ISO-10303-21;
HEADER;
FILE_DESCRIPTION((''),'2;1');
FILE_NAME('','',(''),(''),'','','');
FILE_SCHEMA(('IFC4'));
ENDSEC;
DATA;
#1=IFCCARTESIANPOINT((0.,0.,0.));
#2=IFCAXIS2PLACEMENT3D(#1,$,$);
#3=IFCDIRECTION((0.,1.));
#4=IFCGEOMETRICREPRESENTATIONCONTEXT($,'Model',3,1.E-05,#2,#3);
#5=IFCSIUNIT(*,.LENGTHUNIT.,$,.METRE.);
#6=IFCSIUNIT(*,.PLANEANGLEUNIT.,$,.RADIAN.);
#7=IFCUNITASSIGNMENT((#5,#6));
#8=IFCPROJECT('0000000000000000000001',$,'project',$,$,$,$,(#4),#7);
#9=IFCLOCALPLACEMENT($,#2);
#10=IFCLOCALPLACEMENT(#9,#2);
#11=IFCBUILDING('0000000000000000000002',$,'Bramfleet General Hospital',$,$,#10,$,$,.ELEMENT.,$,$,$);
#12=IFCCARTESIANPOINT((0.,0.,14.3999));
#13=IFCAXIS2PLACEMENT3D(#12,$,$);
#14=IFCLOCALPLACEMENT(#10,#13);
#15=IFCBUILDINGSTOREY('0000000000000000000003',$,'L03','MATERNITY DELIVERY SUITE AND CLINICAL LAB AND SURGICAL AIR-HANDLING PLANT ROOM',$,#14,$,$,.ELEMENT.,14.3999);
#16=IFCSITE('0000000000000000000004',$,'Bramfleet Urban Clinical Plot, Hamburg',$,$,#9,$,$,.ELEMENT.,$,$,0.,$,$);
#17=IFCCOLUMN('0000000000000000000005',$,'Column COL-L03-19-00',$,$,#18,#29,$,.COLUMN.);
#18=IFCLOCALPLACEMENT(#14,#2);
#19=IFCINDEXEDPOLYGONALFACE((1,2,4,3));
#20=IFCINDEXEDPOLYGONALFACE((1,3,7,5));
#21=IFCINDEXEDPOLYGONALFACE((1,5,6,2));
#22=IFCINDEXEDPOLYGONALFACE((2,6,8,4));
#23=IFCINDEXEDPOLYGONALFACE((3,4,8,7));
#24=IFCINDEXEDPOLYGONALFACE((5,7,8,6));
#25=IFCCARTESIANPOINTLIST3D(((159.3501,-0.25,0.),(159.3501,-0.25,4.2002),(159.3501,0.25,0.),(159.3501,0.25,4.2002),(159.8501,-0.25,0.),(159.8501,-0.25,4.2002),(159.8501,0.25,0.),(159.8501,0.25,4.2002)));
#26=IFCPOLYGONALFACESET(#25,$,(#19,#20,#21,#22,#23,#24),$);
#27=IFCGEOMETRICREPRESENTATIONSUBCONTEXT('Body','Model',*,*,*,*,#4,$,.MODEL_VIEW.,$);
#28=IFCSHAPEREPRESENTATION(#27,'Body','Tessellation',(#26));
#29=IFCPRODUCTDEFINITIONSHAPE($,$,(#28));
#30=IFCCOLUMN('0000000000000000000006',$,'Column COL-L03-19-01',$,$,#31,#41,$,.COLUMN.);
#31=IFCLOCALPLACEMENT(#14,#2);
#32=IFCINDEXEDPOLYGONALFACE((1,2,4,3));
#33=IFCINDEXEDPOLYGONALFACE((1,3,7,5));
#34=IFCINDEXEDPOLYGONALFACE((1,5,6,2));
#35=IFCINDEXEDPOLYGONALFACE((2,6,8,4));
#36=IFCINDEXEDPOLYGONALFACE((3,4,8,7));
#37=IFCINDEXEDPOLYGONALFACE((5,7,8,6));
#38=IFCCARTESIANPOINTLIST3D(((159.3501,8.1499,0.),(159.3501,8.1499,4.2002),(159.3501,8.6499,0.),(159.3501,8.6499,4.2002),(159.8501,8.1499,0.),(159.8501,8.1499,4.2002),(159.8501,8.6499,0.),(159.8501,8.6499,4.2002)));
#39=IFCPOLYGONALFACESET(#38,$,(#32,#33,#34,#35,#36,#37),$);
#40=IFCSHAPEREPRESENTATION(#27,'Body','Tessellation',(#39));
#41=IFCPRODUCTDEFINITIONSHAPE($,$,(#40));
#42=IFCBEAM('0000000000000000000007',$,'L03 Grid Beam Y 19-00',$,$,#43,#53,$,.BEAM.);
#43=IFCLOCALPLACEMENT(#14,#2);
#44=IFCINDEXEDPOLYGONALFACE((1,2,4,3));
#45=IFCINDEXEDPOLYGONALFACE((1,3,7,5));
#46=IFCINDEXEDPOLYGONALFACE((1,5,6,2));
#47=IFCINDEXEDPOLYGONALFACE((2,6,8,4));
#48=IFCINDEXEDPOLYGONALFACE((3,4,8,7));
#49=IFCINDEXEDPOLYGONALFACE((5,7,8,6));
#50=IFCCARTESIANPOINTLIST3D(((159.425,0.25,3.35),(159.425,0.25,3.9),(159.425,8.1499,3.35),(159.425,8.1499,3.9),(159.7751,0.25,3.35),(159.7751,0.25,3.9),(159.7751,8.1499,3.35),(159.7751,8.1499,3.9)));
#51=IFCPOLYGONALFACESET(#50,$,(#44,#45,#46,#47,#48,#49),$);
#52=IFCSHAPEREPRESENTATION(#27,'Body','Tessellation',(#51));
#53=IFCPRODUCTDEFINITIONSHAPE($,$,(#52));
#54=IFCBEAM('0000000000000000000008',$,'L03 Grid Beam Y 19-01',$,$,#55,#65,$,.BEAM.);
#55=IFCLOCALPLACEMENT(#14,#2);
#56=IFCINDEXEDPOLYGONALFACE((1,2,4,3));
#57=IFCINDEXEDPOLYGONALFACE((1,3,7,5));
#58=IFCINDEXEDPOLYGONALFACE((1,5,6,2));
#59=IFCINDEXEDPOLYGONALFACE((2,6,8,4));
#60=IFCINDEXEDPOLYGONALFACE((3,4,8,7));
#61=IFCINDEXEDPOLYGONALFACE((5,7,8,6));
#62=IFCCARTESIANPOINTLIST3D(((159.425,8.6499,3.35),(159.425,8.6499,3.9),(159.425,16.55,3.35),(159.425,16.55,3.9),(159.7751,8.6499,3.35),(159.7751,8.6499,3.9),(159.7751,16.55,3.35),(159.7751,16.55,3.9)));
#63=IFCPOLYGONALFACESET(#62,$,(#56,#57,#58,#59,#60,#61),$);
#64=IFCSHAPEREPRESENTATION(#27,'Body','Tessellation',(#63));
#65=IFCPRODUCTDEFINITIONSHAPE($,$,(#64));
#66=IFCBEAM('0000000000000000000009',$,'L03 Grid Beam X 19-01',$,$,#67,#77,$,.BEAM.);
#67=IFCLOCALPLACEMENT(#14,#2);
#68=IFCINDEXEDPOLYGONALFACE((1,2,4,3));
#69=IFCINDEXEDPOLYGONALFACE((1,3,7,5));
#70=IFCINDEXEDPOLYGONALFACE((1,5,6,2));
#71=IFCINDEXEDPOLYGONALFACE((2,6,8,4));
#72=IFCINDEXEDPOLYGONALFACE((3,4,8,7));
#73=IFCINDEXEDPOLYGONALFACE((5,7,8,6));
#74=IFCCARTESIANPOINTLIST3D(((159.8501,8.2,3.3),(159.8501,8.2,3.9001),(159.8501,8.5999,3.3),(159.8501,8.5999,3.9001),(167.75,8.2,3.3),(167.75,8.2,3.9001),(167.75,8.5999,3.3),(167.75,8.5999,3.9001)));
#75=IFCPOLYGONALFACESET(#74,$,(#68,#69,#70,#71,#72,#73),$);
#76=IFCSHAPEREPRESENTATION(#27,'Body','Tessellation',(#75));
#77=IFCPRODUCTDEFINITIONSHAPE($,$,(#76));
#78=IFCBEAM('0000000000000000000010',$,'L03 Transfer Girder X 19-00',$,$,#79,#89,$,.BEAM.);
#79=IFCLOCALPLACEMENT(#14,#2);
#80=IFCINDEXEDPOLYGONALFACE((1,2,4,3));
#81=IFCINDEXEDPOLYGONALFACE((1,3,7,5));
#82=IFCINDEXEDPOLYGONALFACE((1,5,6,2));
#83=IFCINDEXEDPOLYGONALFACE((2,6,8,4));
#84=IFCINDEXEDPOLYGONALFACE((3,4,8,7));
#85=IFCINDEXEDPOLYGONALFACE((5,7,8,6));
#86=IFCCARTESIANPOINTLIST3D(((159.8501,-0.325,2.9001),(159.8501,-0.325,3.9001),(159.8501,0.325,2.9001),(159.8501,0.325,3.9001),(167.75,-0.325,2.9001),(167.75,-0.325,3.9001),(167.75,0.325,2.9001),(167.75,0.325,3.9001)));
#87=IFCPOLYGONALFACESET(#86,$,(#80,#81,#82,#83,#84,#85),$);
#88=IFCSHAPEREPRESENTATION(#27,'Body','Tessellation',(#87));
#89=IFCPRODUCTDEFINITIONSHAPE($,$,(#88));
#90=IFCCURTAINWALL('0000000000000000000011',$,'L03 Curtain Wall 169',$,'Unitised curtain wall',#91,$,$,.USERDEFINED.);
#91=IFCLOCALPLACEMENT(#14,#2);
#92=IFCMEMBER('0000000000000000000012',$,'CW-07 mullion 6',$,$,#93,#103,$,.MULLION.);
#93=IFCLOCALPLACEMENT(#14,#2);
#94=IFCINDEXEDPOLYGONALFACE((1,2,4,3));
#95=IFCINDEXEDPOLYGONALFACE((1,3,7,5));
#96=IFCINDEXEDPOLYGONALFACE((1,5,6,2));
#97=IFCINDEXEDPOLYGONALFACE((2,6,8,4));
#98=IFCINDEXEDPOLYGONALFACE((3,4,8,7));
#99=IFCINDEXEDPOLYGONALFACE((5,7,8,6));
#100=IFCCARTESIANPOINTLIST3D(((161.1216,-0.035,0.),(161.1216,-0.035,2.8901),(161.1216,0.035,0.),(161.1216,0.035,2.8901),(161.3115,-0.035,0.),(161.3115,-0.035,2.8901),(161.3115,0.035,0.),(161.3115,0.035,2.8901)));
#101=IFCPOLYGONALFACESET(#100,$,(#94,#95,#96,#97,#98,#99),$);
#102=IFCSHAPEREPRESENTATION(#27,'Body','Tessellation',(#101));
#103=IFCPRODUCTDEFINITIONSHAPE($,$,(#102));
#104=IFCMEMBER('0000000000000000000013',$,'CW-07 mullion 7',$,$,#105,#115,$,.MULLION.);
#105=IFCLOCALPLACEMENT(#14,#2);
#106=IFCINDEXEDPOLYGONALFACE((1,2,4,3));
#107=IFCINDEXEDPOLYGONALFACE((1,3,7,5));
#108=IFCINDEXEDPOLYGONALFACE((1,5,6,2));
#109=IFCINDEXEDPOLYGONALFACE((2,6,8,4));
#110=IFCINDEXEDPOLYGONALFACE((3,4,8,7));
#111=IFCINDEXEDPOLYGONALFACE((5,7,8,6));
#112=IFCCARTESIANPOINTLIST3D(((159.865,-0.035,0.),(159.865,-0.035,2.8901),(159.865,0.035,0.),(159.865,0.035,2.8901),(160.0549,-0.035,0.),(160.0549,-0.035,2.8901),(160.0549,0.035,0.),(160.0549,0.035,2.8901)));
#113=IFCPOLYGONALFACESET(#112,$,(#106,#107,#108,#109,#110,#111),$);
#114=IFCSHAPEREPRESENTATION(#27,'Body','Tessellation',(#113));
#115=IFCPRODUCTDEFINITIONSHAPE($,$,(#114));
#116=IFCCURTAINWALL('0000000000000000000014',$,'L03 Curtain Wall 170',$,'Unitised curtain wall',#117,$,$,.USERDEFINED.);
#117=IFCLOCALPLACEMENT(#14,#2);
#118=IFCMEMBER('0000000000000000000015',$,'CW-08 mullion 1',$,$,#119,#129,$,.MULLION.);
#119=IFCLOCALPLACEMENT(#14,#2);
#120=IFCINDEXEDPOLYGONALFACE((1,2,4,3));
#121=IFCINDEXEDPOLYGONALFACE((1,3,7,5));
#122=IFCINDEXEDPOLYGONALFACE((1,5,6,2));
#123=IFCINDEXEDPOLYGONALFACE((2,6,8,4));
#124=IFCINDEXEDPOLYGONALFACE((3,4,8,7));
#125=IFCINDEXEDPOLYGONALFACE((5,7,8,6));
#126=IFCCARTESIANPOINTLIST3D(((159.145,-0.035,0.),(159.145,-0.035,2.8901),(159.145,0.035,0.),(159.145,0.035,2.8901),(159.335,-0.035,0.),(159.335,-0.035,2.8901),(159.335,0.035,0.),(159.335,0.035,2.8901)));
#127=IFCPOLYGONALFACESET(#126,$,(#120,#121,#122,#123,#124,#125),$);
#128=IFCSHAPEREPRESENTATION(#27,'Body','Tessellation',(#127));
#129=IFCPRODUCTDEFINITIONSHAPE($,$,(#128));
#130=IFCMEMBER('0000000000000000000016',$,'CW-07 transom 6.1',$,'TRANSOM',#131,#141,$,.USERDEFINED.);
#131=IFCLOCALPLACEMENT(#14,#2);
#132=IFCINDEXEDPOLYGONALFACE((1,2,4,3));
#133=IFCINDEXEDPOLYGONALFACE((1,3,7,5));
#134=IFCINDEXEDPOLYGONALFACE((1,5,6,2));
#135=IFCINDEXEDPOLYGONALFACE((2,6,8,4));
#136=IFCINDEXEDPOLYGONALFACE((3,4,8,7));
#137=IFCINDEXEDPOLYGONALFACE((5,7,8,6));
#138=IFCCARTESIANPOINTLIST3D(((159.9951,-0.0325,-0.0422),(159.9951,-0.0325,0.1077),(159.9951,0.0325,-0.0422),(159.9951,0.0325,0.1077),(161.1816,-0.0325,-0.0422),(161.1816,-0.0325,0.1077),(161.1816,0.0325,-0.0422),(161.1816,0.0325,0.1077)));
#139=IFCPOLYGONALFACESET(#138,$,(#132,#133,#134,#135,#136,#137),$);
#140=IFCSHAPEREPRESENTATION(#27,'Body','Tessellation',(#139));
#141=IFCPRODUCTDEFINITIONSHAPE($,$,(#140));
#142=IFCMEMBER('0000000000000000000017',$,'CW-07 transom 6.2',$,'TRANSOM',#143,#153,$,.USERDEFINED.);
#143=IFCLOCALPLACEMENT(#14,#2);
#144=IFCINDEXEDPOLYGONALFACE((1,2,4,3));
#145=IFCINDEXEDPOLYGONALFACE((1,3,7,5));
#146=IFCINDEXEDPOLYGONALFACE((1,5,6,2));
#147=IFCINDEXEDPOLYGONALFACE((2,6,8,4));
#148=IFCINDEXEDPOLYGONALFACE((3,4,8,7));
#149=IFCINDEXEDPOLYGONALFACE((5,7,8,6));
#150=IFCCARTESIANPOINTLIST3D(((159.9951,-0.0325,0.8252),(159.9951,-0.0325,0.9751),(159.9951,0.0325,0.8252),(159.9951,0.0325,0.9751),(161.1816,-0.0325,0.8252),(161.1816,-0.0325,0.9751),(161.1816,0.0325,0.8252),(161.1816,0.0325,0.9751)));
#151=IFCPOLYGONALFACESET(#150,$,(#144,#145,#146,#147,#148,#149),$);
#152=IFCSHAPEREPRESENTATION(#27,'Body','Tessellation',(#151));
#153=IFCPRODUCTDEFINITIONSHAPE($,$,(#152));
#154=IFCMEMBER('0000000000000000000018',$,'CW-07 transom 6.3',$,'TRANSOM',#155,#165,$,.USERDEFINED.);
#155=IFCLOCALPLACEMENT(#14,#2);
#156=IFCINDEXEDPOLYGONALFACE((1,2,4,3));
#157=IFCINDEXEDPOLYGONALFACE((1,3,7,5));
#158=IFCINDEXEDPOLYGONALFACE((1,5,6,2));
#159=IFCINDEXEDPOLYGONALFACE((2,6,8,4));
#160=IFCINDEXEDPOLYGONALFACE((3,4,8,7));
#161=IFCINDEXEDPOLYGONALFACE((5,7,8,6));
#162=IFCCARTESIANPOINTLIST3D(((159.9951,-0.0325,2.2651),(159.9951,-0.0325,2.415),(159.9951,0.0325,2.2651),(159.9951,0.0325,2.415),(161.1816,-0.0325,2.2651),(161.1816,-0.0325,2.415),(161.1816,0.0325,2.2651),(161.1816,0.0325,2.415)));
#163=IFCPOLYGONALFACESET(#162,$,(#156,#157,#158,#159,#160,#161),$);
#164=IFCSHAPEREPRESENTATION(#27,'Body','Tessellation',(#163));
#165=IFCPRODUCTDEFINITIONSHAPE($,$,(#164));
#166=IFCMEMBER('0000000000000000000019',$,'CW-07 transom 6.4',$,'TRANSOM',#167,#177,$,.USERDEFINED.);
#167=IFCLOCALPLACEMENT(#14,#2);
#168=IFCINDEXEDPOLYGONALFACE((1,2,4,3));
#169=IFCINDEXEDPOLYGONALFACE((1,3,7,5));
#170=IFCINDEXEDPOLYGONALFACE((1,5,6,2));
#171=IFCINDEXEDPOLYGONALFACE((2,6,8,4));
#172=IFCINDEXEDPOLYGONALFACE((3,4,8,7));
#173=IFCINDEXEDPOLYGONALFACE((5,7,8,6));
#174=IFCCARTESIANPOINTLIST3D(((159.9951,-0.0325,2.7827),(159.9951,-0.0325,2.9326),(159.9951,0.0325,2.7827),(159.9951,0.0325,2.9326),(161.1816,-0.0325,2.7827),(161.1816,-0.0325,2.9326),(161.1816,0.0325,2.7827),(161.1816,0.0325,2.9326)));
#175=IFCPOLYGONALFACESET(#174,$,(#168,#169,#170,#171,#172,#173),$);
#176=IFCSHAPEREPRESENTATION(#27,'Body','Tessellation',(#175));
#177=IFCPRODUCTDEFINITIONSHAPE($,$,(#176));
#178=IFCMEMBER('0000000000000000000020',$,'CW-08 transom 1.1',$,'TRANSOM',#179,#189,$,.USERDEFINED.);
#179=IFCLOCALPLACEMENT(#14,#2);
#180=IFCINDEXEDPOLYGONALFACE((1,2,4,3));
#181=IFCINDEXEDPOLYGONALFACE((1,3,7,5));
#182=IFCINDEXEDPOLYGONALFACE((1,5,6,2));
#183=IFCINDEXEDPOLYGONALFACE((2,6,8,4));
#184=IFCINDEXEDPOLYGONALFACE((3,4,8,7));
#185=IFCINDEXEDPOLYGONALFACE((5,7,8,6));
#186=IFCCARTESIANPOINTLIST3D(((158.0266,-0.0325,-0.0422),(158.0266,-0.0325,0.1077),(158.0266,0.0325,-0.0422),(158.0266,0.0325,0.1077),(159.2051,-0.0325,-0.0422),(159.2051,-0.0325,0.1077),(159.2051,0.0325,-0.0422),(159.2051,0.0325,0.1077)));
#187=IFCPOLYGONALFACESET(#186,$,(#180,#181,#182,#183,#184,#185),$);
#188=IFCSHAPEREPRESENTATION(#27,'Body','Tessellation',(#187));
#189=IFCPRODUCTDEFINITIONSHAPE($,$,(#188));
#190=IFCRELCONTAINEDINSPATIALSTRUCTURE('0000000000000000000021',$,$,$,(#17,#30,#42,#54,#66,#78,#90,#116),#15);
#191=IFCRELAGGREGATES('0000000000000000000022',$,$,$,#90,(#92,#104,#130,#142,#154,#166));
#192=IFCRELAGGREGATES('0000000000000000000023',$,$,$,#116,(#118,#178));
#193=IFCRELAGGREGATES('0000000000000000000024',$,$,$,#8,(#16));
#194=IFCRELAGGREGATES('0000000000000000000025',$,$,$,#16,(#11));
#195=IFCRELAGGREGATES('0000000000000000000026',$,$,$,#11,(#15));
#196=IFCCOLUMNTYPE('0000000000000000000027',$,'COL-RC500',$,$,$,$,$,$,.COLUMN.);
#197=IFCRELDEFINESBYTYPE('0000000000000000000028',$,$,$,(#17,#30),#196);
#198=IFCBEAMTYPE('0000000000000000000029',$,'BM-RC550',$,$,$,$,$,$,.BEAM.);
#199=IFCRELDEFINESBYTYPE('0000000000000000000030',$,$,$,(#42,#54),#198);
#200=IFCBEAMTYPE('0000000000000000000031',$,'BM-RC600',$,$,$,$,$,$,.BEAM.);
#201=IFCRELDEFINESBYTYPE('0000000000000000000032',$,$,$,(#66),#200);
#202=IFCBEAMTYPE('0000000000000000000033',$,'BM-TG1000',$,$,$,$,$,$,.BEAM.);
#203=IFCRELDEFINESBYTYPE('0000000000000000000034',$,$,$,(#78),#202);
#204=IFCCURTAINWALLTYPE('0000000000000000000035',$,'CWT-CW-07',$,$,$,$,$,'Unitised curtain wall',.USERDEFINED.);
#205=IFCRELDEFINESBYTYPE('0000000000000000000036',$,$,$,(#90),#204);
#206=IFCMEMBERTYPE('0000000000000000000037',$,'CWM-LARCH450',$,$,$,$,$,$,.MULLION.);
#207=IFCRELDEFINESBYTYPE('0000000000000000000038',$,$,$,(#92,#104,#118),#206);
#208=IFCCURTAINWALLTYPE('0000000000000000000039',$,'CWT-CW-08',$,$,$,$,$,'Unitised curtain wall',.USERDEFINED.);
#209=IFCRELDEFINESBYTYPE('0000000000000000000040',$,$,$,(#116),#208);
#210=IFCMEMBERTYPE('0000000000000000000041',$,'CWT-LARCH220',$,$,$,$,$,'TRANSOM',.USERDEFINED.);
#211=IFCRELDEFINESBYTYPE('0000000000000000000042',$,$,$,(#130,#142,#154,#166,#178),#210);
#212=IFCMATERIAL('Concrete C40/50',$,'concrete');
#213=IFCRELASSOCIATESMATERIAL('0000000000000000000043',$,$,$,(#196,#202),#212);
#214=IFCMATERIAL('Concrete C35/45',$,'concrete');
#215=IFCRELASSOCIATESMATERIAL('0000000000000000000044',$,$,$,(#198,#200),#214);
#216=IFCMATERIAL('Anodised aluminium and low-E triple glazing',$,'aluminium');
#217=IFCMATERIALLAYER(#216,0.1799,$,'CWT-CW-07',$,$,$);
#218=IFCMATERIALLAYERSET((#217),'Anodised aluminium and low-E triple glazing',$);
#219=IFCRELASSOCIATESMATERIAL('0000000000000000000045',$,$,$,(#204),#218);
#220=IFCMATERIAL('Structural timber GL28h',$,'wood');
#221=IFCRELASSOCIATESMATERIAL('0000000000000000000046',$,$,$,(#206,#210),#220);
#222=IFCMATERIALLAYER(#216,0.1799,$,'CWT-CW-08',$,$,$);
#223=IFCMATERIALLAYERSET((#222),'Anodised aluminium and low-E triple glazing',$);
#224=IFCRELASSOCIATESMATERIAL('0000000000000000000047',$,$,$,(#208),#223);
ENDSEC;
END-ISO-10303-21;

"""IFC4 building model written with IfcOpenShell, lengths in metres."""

from ifc_helpers import new_model, si_unit, direction, frame, origin, origin_2d, place, context, subcontext, project, spatial, rectangle, extrude, material, layer, layer_set, material_profile, profile_set, type_object, element, aggregate, save


model = new_model("IFC4")

# Units and contexts
model_context = context("Model", 3, precision=1e-05, world=origin(), true_north=direction((0.0, 1.0)))
body_context = subcontext(model_context, "Body", "Model", "MODEL_VIEW")
ifc_project = project(units=[si_unit("LENGTHUNIT", "METRE"), si_unit("PLANEANGLEUNIT", "RADIAN")], contexts=[model_context])

# Site, building, storey
site_placement = place(None, origin())
site = spatial("IfcSite", under=ifc_project, at=site_placement, Name="Bramfleet Urban Clinical Plot, Hamburg", CompositionType="ELEMENT", RefElevation=0.0)
building_placement = place(site_placement, origin())
building = spatial("IfcBuilding", under=site, at=building_placement, Name="Bramfleet General Hospital", CompositionType="ELEMENT")
storey_placement = place(building_placement, frame((0.0, 0.0, 14.3999)))
storey = spatial("IfcBuildingStorey", under=building, at=storey_placement, Name="L03", Description="MATERNITY DELIVERY SUITE AND CLINICAL LAB AND SURGICAL AIR-HANDLING PLANT ROOM", CompositionType="ELEMENT", Elevation=14.3999)

# Columns
ifc_material_1 = material(Name="Concrete C40/50", Category="concrete")
ifc_material_profile_1 = material_profile(ifc_material_1, rectangle(XDim=0.5, YDim=0.5, at=origin_2d()), Name="RC COL 500x500")
ifc_profile_set_1 = profile_set([ifc_material_profile_1], Name="Concrete C40/50")
column_type = type_object("IfcColumnType", Name="COL-RC500", PredefinedType="COLUMN", material=ifc_profile_set_1)
for number, where, z_axis, x_axis, name in (
    (1, (159.6001, 0.0, 0.0), (0.0, 0.0, 1.0), (1.0, 0.0, 0.0), "Column COL-L03-19-00"),
    (2, (159.6001, 8.3999, 0.0), (0.0, 0.0, 1.0), (1.0, 0.0, 0.0), "Column COL-L03-19-01"),
):
    element("IfcColumn", number, at=place(storey_placement, frame(where, z_axis=z_axis, x_axis=x_axis)), inside=storey, type_object=column_type, Name=name, PredefinedType="COLUMN", context=body_context, shape_type="SweptSolid", body=[
        extrude(rectangle(XDim=0.5, YDim=0.5, at=origin_2d()), origin(), (0.0, 0.0, 1.0), 4.2002),
    ])

# Beams
ifc_material_2 = material(Name="Concrete C35/45", Category="concrete")
ifc_material_profile_2 = material_profile(ifc_material_2, rectangle(XDim=0.3501, YDim=0.55, at=origin_2d()), Name="RC BM 550x350")
ifc_profile_set_2 = profile_set([ifc_material_profile_2], Name="Concrete C35/45")
beam_type_1 = type_object("IfcBeamType", Name="BM-RC550", PredefinedType="BEAM", material=ifc_profile_set_2)
beam_1_placement = place(storey_placement, frame((159.6001, 0.25, 3.625), z_axis=(0.0, 1.0, 0.0), x_axis=(-1.0, 0.0, 0.0)))
element("IfcBeam", 3, at=beam_1_placement, inside=storey, type_object=beam_type_1, Name="L03 Grid Beam Y 19-00", PredefinedType="BEAM", context=body_context, shape_type="SweptSolid", body=[
    extrude(rectangle(XDim=0.3501, YDim=0.55, at=origin_2d()), origin(), (0.0, 0.0, 1.0), 7.8999),
])
beam_2_placement = place(storey_placement, frame((159.6001, 8.6499, 3.625), z_axis=(0.0, 1.0, 0.0), x_axis=(-1.0, 0.0, 0.0)))
element("IfcBeam", 4, at=beam_2_placement, inside=storey, type_object=beam_type_1, Name="L03 Grid Beam Y 19-01", PredefinedType="BEAM", context=body_context, shape_type="SweptSolid", body=[
    extrude(rectangle(XDim=0.3501, YDim=0.55, at=origin_2d()), origin(), (0.0, 0.0, 1.0), 7.9001),
])
ifc_material_profile_3 = material_profile(ifc_material_2, rectangle(XDim=0.3999, YDim=0.6001, at=origin_2d()), Name="RC BM 600x400")
ifc_profile_set_3 = profile_set([ifc_material_profile_3], Name="Concrete C35/45")
beam_type_2 = type_object("IfcBeamType", Name="BM-RC600", PredefinedType="BEAM", material=ifc_profile_set_3)
beam_3_placement = place(storey_placement, frame((159.8501, 8.3999, 3.6001), z_axis=(1.0, 0.0, 0.0), x_axis=(0.0, 1.0, 0.0)))
element("IfcBeam", 5, at=beam_3_placement, inside=storey, type_object=beam_type_2, Name="L03 Grid Beam X 19-01", PredefinedType="BEAM", context=body_context, shape_type="SweptSolid", body=[
    extrude(rectangle(XDim=0.3999, YDim=0.6001, at=origin_2d()), origin(), (0.0, 0.0, 1.0), 7.8999),
])
ifc_material_profile_4 = material_profile(ifc_material_1, rectangle(XDim=0.6499, YDim=1.0, at=origin_2d()), Name="RC TG 1000x650")
ifc_profile_set_4 = profile_set([ifc_material_profile_4], Name="Concrete C40/50")
beam_type_3 = type_object("IfcBeamType", Name="BM-TG1000", PredefinedType="BEAM", material=ifc_profile_set_4)
beam_4_placement = place(storey_placement, frame((159.8501, 0.0, 3.4001), z_axis=(1.0, 0.0, 0.0), x_axis=(0.0, 1.0, 0.0)))
element("IfcBeam", 6, at=beam_4_placement, inside=storey, type_object=beam_type_3, Name="L03 Transfer Girder X 19-00", PredefinedType="BEAM", context=body_context, shape_type="SweptSolid", body=[
    extrude(rectangle(XDim=0.6499, YDim=1.0, at=origin_2d()), origin(), (0.0, 0.0, 1.0), 7.8999),
])

# Curtain wall, members
ifc_material_3 = material(Name="Anodised aluminium and low-E triple glazing", Category="aluminium")
ifc_layer_1 = layer(ifc_material_3, 0.1799, Name="CWT-CW-07")
ifc_layer_set_1 = layer_set([ifc_layer_1], Name="Anodised aluminium and low-E triple glazing")
curtain_wall_type_1 = type_object("IfcCurtainWallType", Name="CWT-CW-07", ElementType="Unitised curtain wall", PredefinedType="USERDEFINED", material=ifc_layer_set_1)
curtain_wall_1_placement = place(storey_placement, origin())
curtain_wall_1 = element("IfcCurtainWall", 7, at=curtain_wall_1_placement, inside=storey, type_object=curtain_wall_type_1, Name="L03 Curtain Wall 169", ObjectType="Unitised curtain wall", PredefinedType="USERDEFINED")
ifc_material_4 = material(Name="Structural timber GL28h", Category="wood")
ifc_material_profile_5 = material_profile(ifc_material_4, rectangle(XDim=0.0701, YDim=0.1899, at=origin_2d()), Name="LARCH 190x70")
ifc_profile_set_5 = profile_set([ifc_material_profile_5], Name="Structural timber GL28h")
member_type_1 = type_object("IfcMemberType", Name="CWM-LARCH450", PredefinedType="MULLION", material=ifc_profile_set_5)
member_1_placement = place(storey_placement, frame((161.2166, 0.0, 0.0), z_axis=(0.0, 0.0, 1.0), x_axis=(0.0, -1.0, 0.0)))
member_1 = element("IfcMember", 8, at=member_1_placement, type_object=member_type_1, Name="CW-07 mullion 6", PredefinedType="MULLION", context=body_context, shape_type="SweptSolid", body=[
    extrude(rectangle(XDim=0.0701, YDim=0.1899, at=origin_2d()), origin(), (0.0, 0.0, 1.0), 2.8901),
])
member_2_placement = place(storey_placement, frame((159.96, 0.0, 0.0), z_axis=(0.0, 0.0, 1.0), x_axis=(0.0, -1.0, 0.0)))
member_2 = element("IfcMember", 9, at=member_2_placement, type_object=member_type_1, Name="CW-07 mullion 7", PredefinedType="MULLION", context=body_context, shape_type="SweptSolid", body=[
    extrude(rectangle(XDim=0.0701, YDim=0.1899, at=origin_2d()), origin(), (0.0, 0.0, 1.0), 2.8901),
])

# Curtain wall, member
ifc_layer_2 = layer(ifc_material_3, 0.1799, Name="CWT-CW-08")
ifc_layer_set_2 = layer_set([ifc_layer_2], Name="Anodised aluminium and low-E triple glazing")
curtain_wall_type_2 = type_object("IfcCurtainWallType", Name="CWT-CW-08", ElementType="Unitised curtain wall", PredefinedType="USERDEFINED", material=ifc_layer_set_2)
curtain_wall_2_placement = place(storey_placement, origin())
curtain_wall_2 = element("IfcCurtainWall", 10, at=curtain_wall_2_placement, inside=storey, type_object=curtain_wall_type_2, Name="L03 Curtain Wall 170", ObjectType="Unitised curtain wall", PredefinedType="USERDEFINED")
member_3_placement = place(storey_placement, frame((159.24, 0.0, 0.0), z_axis=(0.0, 0.0, 1.0), x_axis=(0.0, -1.0, 0.0)))
member_3 = element("IfcMember", 11, at=member_3_placement, type_object=member_type_1, Name="CW-08 mullion 1", PredefinedType="MULLION", context=body_context, shape_type="SweptSolid", body=[
    extrude(rectangle(XDim=0.0701, YDim=0.1899, at=origin_2d()), origin(), (0.0, 0.0, 1.0), 2.8901),
])

# Members
ifc_material_profile_6 = material_profile(ifc_material_4, rectangle(XDim=0.0649, YDim=0.1499, at=origin_2d()), Name="LARCH 150x65")
ifc_profile_set_6 = profile_set([ifc_material_profile_6], Name="Structural timber GL28h")
member_type_2 = type_object("IfcMemberType", Name="CWT-LARCH220", ElementType="TRANSOM", PredefinedType="USERDEFINED", material=ifc_profile_set_6)
member_4_placement = place(storey_placement, frame((161.1816, 0.0, 0.0327), z_axis=(-1.0, 0.0, 0.0), x_axis=(0.0, -1.0, 0.0)))
member_4 = element("IfcMember", 12, at=member_4_placement, type_object=member_type_2, Name="CW-07 transom 6.1", ObjectType="TRANSOM", PredefinedType="USERDEFINED", context=body_context, shape_type="SweptSolid", body=[
    extrude(rectangle(XDim=0.0649, YDim=0.1499, at=origin_2d()), origin(), (0.0, 0.0, 1.0), 1.1865),
])
member_5_placement = place(storey_placement, frame((161.1816, 0.0, 0.9001), z_axis=(-1.0, 0.0, 0.0), x_axis=(0.0, -1.0, 0.0)))
member_5 = element("IfcMember", 13, at=member_5_placement, type_object=member_type_2, Name="CW-07 transom 6.2", ObjectType="TRANSOM", PredefinedType="USERDEFINED", context=body_context, shape_type="SweptSolid", body=[
    extrude(rectangle(XDim=0.0649, YDim=0.1499, at=origin_2d()), origin(), (0.0, 0.0, 1.0), 1.1865),
])
member_6_placement = place(storey_placement, frame((161.1816, 0.0, 2.3401), z_axis=(-1.0, 0.0, 0.0), x_axis=(0.0, -1.0, 0.0)))
member_6 = element("IfcMember", 14, at=member_6_placement, type_object=member_type_2, Name="CW-07 transom 6.3", ObjectType="TRANSOM", PredefinedType="USERDEFINED", context=body_context, shape_type="SweptSolid", body=[
    extrude(rectangle(XDim=0.0649, YDim=0.1499, at=origin_2d()), origin(), (0.0, 0.0, 1.0), 1.1865),
])
member_7_placement = place(storey_placement, frame((161.1816, 0.0, 2.8577), z_axis=(-1.0, 0.0, 0.0), x_axis=(0.0, -1.0, 0.0)))
member_7 = element("IfcMember", 15, at=member_7_placement, type_object=member_type_2, Name="CW-07 transom 6.4", ObjectType="TRANSOM", PredefinedType="USERDEFINED", context=body_context, shape_type="SweptSolid", body=[
    extrude(rectangle(XDim=0.0649, YDim=0.1499, at=origin_2d()), origin(), (0.0, 0.0, 1.0), 1.1865),
])
member_8_placement = place(storey_placement, frame((159.2051, 0.0, 0.0327), z_axis=(-1.0, 0.0, 0.0), x_axis=(0.0, -1.0, 0.0)))
member_8 = element("IfcMember", 16, at=member_8_placement, type_object=member_type_2, Name="CW-08 transom 1.1", ObjectType="TRANSOM", PredefinedType="USERDEFINED", context=body_context, shape_type="SweptSolid", body=[
    extrude(rectangle(XDim=0.0649, YDim=0.1499, at=origin_2d()), origin(), (0.0, 0.0, 1.0), 1.1785),
])

aggregate(curtain_wall_1, [member_1, member_2, member_4, member_5, member_6, member_7])
aggregate(curtain_wall_2, [member_3, member_8])

save(model, "model.ifc")
